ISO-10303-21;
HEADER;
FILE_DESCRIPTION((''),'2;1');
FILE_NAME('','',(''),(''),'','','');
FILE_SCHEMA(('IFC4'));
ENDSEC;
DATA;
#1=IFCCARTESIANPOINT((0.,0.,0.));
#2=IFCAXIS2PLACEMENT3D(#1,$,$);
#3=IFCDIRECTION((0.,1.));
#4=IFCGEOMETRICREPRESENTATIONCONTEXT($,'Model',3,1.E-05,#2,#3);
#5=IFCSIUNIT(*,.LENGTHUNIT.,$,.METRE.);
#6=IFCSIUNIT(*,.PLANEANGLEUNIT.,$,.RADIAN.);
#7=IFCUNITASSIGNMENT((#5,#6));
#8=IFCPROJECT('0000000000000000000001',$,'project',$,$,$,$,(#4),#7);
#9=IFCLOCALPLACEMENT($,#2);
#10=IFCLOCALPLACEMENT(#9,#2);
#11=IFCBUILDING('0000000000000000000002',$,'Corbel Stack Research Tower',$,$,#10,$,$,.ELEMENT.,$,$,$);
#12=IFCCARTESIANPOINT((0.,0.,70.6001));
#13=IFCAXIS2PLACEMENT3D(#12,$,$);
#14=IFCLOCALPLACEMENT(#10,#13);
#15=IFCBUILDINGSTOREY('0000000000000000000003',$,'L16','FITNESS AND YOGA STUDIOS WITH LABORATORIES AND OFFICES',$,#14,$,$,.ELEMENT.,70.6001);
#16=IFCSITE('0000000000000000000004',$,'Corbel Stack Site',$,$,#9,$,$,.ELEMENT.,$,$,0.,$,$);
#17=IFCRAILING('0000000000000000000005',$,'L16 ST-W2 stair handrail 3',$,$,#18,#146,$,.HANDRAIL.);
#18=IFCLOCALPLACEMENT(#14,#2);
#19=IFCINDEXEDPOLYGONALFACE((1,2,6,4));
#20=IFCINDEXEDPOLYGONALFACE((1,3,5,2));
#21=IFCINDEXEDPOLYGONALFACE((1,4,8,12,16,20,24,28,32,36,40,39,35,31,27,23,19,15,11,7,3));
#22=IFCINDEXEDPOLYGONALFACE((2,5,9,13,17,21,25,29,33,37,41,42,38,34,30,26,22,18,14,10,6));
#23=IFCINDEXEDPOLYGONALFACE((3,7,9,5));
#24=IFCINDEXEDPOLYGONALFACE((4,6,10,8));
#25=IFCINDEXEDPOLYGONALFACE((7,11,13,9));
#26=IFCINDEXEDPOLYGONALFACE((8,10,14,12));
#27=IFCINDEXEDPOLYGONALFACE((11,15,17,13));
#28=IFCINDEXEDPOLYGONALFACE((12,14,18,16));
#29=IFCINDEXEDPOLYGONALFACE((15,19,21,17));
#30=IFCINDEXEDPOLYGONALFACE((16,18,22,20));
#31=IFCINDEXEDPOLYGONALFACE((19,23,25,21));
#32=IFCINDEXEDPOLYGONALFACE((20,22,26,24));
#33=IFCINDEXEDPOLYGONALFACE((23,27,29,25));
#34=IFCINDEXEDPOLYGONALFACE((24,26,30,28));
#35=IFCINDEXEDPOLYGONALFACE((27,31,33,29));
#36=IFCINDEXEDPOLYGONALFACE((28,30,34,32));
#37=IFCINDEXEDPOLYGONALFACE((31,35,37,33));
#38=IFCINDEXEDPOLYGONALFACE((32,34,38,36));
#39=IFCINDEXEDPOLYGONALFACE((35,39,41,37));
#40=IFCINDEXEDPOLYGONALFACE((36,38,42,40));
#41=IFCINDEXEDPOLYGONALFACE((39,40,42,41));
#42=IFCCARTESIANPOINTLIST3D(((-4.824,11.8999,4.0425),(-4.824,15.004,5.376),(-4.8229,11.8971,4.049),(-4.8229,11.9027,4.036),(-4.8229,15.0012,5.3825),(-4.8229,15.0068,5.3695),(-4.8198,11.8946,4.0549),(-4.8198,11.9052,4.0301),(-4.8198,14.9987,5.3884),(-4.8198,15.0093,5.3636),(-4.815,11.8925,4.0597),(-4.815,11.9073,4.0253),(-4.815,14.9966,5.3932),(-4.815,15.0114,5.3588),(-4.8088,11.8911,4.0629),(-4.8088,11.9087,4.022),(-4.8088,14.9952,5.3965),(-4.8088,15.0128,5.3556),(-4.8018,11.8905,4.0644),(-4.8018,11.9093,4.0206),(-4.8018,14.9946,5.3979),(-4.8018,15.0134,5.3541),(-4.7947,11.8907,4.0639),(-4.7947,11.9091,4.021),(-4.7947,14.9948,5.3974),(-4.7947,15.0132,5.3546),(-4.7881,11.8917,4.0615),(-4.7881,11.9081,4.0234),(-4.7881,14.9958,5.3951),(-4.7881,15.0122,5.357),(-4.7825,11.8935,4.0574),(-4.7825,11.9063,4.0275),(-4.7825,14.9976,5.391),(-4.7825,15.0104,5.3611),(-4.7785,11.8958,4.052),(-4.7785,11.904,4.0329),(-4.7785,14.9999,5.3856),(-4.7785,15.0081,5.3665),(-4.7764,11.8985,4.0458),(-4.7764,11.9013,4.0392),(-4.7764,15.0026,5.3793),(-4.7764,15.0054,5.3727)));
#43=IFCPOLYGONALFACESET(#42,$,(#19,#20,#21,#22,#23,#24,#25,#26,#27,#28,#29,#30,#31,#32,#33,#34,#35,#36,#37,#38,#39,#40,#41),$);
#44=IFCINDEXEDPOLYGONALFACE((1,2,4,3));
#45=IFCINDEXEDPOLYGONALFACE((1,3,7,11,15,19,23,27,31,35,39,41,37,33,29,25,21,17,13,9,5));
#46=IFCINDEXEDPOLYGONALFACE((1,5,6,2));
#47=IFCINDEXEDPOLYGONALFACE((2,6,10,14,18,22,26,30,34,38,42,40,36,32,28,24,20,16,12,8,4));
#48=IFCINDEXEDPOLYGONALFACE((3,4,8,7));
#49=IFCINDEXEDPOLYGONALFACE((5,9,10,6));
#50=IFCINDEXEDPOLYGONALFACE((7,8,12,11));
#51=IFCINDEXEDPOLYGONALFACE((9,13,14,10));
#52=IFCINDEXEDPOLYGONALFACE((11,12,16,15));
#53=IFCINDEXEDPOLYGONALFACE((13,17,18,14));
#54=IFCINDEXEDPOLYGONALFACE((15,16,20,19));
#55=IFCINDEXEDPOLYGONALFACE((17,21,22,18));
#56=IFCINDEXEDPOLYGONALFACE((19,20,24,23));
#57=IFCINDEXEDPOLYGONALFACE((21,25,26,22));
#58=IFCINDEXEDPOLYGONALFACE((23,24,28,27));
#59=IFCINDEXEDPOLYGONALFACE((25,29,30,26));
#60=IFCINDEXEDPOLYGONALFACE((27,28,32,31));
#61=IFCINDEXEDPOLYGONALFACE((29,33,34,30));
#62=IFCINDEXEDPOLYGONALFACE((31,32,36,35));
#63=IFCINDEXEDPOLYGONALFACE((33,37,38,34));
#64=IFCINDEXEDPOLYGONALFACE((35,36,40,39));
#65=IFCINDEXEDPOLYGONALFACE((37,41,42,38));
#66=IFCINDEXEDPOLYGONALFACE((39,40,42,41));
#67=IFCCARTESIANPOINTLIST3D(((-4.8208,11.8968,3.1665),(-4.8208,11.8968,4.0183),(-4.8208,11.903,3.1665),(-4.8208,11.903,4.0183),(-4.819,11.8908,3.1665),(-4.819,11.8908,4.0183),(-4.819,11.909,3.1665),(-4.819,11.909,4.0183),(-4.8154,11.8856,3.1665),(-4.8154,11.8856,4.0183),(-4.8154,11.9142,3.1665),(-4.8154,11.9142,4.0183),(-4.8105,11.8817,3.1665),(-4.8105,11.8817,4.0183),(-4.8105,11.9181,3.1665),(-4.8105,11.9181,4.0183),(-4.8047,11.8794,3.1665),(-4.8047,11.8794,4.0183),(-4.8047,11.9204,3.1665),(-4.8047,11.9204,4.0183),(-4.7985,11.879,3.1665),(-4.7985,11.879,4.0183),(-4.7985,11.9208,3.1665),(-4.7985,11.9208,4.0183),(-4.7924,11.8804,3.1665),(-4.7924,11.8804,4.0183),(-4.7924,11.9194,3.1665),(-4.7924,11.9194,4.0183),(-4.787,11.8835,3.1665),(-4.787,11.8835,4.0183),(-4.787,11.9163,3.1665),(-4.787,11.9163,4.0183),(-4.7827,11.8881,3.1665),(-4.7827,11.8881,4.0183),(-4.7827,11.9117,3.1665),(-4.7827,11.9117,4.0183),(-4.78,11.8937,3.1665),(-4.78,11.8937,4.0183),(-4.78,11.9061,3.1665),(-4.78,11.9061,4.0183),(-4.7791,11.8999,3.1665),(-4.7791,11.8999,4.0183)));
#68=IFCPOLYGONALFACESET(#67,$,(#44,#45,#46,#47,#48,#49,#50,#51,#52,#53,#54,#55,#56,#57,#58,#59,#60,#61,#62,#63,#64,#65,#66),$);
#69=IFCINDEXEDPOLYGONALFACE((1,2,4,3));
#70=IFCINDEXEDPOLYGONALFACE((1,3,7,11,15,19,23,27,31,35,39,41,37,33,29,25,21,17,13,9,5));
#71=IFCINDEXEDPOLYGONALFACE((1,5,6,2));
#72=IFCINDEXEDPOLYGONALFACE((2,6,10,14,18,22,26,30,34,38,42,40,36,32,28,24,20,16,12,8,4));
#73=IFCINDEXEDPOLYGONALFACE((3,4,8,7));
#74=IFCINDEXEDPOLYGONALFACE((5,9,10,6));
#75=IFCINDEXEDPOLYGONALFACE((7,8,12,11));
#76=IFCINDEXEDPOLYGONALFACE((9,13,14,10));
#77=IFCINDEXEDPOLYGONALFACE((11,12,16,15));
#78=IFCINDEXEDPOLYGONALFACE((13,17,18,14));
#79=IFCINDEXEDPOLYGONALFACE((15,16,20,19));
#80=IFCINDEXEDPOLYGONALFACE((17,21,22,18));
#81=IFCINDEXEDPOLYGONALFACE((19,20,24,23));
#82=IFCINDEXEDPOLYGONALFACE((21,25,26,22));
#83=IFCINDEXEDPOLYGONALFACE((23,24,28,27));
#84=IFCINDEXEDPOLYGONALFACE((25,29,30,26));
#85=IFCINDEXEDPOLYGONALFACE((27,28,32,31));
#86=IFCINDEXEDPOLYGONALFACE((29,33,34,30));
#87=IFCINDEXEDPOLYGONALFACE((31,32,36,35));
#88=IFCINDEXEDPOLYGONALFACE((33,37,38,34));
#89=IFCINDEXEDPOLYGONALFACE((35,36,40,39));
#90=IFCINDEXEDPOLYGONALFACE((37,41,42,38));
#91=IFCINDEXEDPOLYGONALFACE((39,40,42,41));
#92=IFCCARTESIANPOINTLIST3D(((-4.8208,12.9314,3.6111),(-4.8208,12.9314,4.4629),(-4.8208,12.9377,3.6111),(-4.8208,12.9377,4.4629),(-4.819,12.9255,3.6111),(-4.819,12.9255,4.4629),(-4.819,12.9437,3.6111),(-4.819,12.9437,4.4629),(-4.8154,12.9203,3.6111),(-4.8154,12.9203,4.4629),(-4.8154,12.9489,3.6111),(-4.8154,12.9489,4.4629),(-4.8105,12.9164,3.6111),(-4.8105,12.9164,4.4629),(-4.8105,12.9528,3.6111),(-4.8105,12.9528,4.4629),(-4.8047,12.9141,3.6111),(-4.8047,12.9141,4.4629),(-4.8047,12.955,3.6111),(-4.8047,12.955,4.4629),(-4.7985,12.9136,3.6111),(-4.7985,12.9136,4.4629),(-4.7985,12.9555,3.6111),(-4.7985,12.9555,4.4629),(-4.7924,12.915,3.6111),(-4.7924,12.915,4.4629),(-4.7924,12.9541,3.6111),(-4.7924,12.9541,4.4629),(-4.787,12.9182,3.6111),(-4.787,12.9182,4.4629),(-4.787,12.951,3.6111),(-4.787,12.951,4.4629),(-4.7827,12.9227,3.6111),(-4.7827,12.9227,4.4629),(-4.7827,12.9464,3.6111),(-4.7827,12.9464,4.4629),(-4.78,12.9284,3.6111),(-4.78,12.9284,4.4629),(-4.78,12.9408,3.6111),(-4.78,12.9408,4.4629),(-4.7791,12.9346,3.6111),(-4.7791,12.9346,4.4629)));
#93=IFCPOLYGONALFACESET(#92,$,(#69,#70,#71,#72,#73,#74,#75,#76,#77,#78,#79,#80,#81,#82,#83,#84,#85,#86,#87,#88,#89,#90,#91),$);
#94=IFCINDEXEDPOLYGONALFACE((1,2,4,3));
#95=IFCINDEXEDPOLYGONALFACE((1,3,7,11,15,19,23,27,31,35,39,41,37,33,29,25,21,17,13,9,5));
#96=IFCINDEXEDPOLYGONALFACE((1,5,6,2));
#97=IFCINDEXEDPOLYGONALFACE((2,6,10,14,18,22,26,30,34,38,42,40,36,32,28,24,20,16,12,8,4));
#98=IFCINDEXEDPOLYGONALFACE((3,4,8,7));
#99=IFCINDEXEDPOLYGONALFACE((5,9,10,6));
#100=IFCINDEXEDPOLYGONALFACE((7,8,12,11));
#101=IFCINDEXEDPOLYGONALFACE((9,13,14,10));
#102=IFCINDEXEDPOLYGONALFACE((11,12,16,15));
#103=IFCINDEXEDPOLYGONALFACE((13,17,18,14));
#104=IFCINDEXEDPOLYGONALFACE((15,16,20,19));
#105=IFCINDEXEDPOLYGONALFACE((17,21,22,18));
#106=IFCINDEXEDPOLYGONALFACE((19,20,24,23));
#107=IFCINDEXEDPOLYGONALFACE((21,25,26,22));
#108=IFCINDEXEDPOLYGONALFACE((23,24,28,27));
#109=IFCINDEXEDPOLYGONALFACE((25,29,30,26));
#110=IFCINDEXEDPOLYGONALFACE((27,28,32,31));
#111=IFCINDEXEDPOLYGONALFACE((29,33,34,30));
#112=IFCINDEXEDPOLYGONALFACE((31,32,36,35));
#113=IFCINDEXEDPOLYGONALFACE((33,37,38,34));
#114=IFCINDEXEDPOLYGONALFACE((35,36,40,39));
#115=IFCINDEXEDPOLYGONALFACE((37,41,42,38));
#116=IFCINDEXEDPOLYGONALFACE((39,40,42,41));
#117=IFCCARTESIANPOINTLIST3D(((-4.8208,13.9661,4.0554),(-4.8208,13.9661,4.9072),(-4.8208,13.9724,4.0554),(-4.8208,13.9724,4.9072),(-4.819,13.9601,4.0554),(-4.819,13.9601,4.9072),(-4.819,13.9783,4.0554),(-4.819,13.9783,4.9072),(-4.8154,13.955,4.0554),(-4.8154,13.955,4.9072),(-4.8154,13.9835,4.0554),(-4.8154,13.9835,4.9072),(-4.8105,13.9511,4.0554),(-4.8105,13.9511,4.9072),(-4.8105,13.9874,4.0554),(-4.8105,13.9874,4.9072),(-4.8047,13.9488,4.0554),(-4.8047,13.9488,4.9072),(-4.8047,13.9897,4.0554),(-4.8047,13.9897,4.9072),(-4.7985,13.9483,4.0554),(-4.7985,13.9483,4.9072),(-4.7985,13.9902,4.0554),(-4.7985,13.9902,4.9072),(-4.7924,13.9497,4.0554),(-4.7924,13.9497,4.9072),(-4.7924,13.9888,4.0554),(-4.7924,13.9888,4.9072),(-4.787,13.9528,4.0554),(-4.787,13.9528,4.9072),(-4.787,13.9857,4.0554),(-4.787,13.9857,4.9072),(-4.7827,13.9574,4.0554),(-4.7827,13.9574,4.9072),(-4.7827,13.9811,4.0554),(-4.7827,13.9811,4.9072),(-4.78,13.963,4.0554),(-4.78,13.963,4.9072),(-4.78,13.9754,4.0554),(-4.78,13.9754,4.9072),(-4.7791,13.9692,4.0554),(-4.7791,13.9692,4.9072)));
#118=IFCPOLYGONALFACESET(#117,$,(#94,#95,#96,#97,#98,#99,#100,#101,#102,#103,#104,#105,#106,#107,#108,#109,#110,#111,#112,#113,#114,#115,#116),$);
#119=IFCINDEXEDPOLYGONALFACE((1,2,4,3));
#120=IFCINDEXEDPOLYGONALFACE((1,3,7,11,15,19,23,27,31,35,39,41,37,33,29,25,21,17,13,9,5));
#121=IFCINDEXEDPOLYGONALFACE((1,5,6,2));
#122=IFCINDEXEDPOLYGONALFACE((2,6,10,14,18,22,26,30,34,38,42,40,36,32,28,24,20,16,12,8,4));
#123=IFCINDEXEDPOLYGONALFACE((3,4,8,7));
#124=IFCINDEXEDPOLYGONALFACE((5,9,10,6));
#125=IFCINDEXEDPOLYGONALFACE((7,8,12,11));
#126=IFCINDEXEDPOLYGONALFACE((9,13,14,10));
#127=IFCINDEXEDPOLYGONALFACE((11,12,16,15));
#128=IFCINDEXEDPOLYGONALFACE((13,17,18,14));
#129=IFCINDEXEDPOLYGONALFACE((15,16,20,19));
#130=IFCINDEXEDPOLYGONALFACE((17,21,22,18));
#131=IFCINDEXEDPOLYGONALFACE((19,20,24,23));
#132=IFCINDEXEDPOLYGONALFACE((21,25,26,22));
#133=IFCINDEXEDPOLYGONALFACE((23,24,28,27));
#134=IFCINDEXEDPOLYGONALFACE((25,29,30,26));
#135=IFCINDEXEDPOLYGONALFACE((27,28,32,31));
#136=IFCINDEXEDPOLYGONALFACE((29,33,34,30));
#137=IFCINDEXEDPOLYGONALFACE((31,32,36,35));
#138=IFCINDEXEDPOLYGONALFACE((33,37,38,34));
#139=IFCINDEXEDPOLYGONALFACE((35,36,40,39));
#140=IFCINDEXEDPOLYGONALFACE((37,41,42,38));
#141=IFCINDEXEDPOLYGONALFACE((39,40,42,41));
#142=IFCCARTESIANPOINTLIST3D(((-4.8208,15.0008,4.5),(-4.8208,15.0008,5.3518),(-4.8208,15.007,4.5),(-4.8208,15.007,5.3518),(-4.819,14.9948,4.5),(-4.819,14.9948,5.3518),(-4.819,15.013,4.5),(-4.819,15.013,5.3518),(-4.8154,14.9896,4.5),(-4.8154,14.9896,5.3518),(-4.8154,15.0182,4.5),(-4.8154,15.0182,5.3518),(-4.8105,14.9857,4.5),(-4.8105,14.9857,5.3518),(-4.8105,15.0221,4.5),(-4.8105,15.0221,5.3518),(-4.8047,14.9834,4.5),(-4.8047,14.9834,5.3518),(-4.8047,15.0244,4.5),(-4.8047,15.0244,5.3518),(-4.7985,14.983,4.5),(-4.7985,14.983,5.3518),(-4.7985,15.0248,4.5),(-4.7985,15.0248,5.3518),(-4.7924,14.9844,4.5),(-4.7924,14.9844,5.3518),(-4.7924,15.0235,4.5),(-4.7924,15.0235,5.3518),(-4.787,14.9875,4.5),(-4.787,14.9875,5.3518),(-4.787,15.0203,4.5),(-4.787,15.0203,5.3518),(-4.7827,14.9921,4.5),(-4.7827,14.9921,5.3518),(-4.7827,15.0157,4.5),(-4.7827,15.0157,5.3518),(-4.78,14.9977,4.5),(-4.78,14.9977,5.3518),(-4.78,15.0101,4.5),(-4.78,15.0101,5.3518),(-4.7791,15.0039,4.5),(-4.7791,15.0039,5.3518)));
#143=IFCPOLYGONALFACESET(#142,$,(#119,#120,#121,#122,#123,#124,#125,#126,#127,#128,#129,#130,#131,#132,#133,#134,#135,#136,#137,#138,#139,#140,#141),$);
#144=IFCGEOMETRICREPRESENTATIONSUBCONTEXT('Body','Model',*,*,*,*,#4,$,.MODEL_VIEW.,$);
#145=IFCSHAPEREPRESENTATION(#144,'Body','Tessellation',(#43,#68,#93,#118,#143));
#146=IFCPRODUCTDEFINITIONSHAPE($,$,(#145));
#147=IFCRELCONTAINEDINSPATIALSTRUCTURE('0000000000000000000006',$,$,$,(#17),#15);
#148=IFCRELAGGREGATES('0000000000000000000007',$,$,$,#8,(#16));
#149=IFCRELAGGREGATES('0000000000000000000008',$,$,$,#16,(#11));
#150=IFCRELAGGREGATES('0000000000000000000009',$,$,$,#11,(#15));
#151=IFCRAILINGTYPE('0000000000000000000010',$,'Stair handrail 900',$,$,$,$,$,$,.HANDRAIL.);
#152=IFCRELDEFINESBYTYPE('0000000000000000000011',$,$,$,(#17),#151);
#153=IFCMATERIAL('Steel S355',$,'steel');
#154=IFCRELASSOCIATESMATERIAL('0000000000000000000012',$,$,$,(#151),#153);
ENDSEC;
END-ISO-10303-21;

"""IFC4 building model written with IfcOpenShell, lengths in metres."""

from ifc_helpers import new_model, si_unit, direction, frame, origin, origin_2d, place, context, subcontext, project, spatial, circle, extrude, material, type_object, element, save


model = new_model("IFC4")

# Units and contexts
model_context = context("Model", 3, precision=1e-05, world=origin(), true_north=direction((0.0, 1.0)))
body_context = subcontext(model_context, "Body", "Model", "MODEL_VIEW")
ifc_project = project(units=[si_unit("LENGTHUNIT", "METRE"), si_unit("PLANEANGLEUNIT", "RADIAN")], contexts=[model_context])

# Site, building, storey
site_placement = place(None, origin())
site = spatial("IfcSite", under=ifc_project, at=site_placement, Name="Corbel Stack Site", CompositionType="ELEMENT", RefElevation=0.0)
building_placement = place(site_placement, origin())
building = spatial("IfcBuilding", under=site, at=building_placement, Name="Corbel Stack Research Tower", CompositionType="ELEMENT")
storey_placement = place(building_placement, frame((0.0, 0.0, 70.6001)))
storey = spatial("IfcBuildingStorey", under=building, at=storey_placement, Name="L16", Description="FITNESS AND YOGA STUDIOS WITH LABORATORIES AND OFFICES", CompositionType="ELEMENT", Elevation=70.6001)

# Railing
ifc_material_1 = material(Name="Steel S355", Category="steel")
railing_type_1 = type_object("IfcRailingType", Name="Stair handrail 900", PredefinedType="HANDRAIL", material=ifc_material_1)
for number, where, name in (
    (1, (-4.8, 11.8999, 3.1665), "L16 ST-W2 stair handrail 3"),
):
    element("IfcRailing", number, at=place(storey_placement, frame(where)), inside=storey, type_object=railing_type_1, Name=name, PredefinedType="HANDRAIL", context=body_context, shape_type="SweptSolid", body=[
        extrude(circle(Radius=0.0239, at=origin_2d()), frame((0.0, 0.0, 0.876), z_axis=(0.0, 0.918801, 0.394722), x_axis=(-1.0, 0.0, 0.0)), (0.0, 0.0, 1.0), 3.3784),
        extrude(circle(Radius=0.021, at=origin_2d()), origin(), (0.0, 0.0, 1.0), 0.8518),
        extrude(circle(Radius=0.021, at=origin_2d()), frame((0.0, 1.0347, 0.4446)), (0.0, 0.0, 1.0), 0.8518),
        extrude(circle(Radius=0.021, at=origin_2d()), frame((0.0, 2.0693, 0.8889)), (0.0, 0.0, 1.0), 0.8518),
        extrude(circle(Radius=0.021, at=origin_2d()), frame((0.0, 3.104, 1.3335)), (0.0, 0.0, 1.0), 0.8518),
    ])

save(model, "model.ifc")
